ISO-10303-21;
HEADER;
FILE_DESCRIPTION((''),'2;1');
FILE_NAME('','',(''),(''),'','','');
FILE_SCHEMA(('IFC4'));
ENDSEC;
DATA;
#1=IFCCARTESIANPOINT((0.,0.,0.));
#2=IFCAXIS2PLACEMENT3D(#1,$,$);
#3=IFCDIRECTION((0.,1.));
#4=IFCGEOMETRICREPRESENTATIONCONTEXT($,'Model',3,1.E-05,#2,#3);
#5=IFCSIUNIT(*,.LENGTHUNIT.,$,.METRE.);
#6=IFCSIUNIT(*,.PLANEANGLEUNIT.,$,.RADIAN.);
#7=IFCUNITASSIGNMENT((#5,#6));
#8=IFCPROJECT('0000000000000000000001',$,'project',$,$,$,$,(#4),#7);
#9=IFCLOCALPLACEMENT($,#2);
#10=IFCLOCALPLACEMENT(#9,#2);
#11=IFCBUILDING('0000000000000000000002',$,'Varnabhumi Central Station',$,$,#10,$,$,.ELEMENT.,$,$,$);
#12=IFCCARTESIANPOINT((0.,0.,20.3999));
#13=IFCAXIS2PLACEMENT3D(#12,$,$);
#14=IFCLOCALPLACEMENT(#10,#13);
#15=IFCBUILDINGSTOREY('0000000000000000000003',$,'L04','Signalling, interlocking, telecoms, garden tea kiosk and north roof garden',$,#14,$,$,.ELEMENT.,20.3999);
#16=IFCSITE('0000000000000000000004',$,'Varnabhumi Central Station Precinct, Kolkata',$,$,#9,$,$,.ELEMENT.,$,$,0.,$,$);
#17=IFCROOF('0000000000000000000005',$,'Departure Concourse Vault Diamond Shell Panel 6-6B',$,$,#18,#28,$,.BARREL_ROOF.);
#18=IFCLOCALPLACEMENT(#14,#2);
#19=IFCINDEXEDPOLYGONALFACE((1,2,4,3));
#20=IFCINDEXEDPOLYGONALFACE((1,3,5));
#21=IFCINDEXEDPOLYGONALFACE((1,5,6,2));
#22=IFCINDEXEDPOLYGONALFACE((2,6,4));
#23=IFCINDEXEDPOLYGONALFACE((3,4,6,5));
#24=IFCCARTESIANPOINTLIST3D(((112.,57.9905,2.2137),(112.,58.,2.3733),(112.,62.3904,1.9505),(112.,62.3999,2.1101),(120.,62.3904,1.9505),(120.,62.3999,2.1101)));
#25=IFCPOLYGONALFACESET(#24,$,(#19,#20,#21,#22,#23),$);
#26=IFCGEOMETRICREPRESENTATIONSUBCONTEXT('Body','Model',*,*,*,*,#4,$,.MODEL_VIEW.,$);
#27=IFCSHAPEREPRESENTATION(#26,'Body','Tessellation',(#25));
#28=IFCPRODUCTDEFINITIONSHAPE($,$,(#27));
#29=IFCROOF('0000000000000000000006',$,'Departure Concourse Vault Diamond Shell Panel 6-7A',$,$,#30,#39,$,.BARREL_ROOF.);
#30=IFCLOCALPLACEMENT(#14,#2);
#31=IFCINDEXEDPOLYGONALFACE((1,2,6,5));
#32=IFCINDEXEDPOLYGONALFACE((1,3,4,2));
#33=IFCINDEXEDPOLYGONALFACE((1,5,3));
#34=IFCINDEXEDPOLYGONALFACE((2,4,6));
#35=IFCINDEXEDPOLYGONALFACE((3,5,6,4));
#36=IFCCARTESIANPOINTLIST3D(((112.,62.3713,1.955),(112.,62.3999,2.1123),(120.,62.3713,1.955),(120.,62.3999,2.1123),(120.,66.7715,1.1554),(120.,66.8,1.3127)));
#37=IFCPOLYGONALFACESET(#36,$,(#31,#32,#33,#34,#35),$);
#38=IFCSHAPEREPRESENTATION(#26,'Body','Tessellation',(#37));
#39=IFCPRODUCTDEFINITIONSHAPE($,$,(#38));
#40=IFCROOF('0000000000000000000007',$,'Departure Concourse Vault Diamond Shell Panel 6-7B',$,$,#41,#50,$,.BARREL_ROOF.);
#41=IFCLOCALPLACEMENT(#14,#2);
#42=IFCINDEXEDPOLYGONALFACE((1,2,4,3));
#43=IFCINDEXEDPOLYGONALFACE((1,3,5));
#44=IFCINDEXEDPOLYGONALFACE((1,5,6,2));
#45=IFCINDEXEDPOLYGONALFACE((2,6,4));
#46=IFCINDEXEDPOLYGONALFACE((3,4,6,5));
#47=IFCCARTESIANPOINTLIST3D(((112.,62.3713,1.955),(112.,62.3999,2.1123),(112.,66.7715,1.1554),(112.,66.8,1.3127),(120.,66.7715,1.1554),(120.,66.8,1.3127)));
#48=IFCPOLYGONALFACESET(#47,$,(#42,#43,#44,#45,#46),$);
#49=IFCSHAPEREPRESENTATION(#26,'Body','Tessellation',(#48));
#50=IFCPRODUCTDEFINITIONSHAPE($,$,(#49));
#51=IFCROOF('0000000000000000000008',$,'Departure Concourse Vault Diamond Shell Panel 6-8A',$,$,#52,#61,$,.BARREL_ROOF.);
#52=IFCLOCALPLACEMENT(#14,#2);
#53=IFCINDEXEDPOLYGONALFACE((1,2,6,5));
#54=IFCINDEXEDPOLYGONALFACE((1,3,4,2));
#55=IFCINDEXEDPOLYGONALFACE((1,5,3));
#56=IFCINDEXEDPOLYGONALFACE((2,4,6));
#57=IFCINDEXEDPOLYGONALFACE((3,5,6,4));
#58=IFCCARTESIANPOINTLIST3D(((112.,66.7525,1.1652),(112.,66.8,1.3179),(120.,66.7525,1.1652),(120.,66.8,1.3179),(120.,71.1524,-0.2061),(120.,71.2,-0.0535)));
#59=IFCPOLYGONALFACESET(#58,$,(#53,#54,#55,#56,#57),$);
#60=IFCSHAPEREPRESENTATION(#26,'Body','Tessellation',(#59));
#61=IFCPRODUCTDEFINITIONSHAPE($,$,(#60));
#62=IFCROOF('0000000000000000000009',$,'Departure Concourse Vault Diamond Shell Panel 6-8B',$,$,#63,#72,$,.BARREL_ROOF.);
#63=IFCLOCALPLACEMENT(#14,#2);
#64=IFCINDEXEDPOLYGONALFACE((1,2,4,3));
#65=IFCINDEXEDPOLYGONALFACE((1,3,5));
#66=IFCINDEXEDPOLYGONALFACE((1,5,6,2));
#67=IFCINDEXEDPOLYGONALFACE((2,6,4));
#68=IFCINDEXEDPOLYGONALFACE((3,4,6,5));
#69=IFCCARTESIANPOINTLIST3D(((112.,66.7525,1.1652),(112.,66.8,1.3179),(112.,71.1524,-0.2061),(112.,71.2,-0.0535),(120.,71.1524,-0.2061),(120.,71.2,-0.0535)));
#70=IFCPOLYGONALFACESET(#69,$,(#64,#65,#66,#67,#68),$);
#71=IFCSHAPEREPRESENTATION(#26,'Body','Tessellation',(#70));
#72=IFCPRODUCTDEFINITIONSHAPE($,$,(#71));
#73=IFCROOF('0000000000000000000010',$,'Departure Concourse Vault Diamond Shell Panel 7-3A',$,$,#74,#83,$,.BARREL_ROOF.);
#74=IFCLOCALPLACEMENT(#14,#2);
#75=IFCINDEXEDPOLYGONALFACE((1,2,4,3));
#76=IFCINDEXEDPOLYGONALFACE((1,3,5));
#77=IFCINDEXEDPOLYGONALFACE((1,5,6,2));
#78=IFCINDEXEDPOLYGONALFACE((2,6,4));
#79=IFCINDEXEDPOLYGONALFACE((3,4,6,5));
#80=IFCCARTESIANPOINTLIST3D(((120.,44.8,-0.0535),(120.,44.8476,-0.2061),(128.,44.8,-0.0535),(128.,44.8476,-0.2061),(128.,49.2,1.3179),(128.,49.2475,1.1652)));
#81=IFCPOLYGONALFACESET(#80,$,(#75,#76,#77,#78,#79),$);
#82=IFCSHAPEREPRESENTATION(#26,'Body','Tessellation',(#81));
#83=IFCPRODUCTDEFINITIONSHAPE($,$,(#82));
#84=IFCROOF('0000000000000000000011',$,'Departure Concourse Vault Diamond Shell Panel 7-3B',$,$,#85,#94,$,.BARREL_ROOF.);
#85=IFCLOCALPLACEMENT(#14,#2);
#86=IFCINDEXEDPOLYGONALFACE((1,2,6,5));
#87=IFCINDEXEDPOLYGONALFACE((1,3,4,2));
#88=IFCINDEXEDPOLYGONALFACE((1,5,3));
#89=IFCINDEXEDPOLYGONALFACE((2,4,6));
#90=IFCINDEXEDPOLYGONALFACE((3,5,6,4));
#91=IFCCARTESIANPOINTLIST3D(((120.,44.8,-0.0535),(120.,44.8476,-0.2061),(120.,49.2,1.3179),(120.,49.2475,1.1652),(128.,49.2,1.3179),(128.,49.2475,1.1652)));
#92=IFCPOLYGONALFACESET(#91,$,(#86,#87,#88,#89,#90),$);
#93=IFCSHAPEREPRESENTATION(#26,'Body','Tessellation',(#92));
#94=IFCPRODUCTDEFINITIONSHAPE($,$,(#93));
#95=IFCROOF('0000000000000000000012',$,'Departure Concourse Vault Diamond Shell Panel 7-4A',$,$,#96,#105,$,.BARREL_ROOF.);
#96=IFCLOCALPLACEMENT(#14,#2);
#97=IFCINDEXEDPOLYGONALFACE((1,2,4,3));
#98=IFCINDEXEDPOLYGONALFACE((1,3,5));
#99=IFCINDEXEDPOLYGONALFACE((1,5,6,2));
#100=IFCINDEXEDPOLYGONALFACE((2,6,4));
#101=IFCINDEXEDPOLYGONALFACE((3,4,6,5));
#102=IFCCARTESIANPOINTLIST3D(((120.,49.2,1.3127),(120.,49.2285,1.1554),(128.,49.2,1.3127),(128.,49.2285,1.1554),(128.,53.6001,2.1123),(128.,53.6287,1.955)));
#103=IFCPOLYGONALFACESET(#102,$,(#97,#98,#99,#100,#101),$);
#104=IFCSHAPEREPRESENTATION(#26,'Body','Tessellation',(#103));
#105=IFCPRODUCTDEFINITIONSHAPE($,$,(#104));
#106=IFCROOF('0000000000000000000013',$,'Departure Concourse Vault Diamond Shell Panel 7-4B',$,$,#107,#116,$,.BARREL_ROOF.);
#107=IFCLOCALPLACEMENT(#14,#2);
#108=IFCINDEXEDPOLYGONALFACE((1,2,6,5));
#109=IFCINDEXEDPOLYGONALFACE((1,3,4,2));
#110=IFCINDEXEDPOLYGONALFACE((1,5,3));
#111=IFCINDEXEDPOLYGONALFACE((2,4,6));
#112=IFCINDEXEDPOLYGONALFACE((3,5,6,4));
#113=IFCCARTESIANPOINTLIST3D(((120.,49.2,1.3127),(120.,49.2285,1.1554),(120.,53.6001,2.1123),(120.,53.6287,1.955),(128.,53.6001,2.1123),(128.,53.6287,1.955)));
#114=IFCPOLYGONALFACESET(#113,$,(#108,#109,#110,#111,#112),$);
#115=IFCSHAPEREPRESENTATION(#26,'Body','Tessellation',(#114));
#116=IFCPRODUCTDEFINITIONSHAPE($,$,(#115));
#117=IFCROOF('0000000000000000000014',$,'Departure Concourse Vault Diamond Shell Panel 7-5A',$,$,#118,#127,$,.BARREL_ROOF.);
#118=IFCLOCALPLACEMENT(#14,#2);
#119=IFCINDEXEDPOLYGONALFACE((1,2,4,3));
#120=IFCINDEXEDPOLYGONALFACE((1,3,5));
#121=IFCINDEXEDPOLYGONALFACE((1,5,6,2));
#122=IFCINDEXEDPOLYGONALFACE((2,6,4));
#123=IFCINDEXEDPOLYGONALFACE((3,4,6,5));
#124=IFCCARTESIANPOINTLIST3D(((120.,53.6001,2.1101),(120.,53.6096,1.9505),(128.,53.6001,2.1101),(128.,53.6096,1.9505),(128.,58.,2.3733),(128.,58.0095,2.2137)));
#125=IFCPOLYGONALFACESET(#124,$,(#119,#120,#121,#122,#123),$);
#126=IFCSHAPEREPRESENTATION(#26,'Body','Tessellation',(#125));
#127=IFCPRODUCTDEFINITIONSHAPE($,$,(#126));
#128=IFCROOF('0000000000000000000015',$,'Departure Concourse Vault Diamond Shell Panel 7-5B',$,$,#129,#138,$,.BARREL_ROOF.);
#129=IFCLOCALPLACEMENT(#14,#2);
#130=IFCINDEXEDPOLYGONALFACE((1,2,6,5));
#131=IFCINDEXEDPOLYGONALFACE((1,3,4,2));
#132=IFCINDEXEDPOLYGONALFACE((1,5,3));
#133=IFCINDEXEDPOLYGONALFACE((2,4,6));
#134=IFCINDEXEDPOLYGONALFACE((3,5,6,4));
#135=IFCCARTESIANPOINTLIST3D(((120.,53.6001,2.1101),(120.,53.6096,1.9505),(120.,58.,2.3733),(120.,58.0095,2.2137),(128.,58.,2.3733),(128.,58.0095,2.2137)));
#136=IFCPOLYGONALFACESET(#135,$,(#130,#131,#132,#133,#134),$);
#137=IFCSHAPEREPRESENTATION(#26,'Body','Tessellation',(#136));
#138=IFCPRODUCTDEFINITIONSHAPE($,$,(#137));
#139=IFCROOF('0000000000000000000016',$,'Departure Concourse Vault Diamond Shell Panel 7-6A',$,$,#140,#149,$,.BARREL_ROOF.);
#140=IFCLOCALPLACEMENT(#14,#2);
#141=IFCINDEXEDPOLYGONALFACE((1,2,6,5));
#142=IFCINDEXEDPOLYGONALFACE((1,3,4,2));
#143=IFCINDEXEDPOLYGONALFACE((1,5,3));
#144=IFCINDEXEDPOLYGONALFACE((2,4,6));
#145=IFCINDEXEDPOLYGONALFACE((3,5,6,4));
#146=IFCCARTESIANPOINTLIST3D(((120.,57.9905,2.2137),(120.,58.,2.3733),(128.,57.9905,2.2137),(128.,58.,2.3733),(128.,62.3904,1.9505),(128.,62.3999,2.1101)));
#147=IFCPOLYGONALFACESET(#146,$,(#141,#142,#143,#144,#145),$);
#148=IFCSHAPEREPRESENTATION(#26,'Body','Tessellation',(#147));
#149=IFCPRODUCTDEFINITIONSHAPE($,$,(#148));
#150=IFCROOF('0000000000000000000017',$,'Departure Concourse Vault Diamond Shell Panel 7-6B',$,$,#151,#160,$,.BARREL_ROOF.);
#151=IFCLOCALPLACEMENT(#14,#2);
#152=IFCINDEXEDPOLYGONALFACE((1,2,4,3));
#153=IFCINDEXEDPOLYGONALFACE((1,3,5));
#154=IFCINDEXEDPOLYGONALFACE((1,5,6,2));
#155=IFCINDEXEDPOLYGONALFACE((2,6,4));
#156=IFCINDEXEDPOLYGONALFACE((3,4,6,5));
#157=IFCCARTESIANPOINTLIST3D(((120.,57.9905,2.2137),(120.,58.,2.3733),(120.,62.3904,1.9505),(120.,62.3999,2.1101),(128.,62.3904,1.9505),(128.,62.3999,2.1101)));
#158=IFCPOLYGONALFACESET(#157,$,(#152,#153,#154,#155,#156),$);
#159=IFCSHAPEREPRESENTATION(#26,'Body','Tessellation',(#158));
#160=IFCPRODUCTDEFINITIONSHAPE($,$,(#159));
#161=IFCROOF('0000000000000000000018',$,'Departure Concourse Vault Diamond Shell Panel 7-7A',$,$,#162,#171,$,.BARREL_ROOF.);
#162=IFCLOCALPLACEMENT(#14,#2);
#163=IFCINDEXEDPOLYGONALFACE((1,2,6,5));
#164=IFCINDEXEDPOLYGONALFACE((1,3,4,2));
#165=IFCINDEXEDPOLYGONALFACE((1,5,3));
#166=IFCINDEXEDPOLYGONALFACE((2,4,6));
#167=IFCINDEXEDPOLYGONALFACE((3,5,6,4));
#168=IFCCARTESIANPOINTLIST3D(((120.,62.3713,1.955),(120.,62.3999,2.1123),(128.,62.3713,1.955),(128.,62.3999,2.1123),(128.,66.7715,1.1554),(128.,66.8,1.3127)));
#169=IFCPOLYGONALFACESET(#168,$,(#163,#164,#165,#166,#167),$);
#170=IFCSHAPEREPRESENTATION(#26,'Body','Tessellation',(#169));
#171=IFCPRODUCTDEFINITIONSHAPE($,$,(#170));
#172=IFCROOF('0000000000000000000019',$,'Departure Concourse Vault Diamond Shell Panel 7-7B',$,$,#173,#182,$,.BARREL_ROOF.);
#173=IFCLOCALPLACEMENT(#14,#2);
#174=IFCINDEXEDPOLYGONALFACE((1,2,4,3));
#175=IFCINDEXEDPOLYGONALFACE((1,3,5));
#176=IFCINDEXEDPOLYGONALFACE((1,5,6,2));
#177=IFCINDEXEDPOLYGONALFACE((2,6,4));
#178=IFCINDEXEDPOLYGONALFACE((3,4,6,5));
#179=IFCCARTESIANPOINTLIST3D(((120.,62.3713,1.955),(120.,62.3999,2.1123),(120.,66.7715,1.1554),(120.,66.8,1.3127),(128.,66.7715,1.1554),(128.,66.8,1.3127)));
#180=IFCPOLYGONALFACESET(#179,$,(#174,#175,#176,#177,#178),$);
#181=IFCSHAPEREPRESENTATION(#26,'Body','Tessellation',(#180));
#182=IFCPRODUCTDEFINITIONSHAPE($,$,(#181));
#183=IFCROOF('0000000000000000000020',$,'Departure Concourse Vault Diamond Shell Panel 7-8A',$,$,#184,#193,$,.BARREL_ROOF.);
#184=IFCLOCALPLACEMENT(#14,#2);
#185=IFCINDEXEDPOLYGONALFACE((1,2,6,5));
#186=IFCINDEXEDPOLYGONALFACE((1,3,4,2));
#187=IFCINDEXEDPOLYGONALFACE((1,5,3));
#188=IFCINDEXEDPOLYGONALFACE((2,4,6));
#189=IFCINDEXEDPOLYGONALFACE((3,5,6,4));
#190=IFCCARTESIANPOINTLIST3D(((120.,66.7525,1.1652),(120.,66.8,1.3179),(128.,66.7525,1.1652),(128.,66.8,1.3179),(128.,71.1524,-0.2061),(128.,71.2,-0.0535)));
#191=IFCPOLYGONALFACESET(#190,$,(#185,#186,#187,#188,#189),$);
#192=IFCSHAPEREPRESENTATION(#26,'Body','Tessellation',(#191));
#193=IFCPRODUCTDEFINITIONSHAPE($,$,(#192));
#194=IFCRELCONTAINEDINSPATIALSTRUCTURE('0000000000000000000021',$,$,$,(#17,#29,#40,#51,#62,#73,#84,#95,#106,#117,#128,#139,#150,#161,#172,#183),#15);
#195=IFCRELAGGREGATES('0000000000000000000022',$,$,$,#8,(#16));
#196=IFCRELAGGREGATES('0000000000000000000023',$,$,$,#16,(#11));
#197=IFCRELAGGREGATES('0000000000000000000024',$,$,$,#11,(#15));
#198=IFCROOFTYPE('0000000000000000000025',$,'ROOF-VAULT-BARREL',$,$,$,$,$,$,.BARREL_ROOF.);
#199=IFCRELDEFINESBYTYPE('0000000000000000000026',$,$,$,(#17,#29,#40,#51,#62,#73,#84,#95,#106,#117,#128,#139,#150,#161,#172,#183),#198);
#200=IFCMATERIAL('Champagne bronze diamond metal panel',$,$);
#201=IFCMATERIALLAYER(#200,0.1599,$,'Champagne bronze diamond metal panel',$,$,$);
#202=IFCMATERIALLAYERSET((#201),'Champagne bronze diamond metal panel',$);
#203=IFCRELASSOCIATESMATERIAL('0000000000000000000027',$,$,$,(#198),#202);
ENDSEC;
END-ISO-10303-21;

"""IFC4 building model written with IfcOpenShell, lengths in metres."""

from ifc_helpers import new_model, si_unit, direction, frame, origin, place, context, subcontext, project, spatial, polyline, outline, extrude, material, layer, layer_set, type_object, element, save


model = new_model("IFC4")

# Units and contexts
model_context = context("Model", 3, precision=1e-05, world=origin(), true_north=direction((0.0, 1.0)))
body_context = subcontext(model_context, "Body", "Model", "MODEL_VIEW")
ifc_project = project(units=[si_unit("LENGTHUNIT", "METRE"), si_unit("PLANEANGLEUNIT", "RADIAN")], contexts=[model_context])

# Site, building, storey
site_placement = place(None, origin())
site = spatial("IfcSite", under=ifc_project, at=site_placement, Name="Varnabhumi Central Station Precinct, Kolkata", CompositionType="ELEMENT", RefElevation=0.0)
building_placement = place(site_placement, origin())
building = spatial("IfcBuilding", under=site, at=building_placement, Name="Varnabhumi Central Station", CompositionType="ELEMENT")
storey_placement = place(building_placement, frame((0.0, 0.0, 20.3999)))
storey = spatial("IfcBuildingStorey", under=building, at=storey_placement, Name="L04", Description="Signalling, interlocking, telecoms, garden tea kiosk and north roof garden", CompositionType="ELEMENT", Elevation=20.3999)

# Roofs
ifc_material = material(Name="Champagne bronze diamond metal panel")
ifc_layer = layer(ifc_material, 0.1599, Name="Champagne bronze diamond metal panel")
ifc_layer_set = layer_set([ifc_layer], Name="Champagne bronze diamond metal panel")
roof_type = type_object("IfcRoofType", Name="ROOF-VAULT-BARREL", PredefinedType="BARREL_ROOF", material=ifc_layer_set)
roof_1_placement = place(storey_placement, frame((112.0, 58.0, 2.3733), z_axis=(0.0, 0.059709, 0.998216), x_axis=(0.875857, 0.48171, -0.028814)))
element("IfcRoof", 1, at=roof_1_placement, inside=storey, type_object=roof_type, Name="Departure Concourse Vault Diamond Shell Panel 6-6B", PredefinedType="BARREL_ROOF", context=body_context, shape_type="SweptSolid", body=[
    extrude(outline(polyline([(0.0, 0.0), (9.1339, 0.0), (2.1271, 3.8606), (0.0, 0.0)])), origin(), (0.0, 0.0, -1.0), 0.1599),
])
roof_2_placement = place(storey_placement, frame((112.0, 62.3999, 2.1123), z_axis=(0.0, 0.178785, 0.983888), x_axis=(1.0, 0.0, 0.0)))
element("IfcRoof", 2, at=roof_2_placement, inside=storey, type_object=roof_type, Name="Departure Concourse Vault Diamond Shell Panel 6-7A", PredefinedType="BARREL_ROOF", context=body_context, shape_type="SweptSolid", body=[
    extrude(outline(polyline([(0.0, 0.0), (8.0, 0.0), (8.0, 4.4722), (0.0, 0.0)])), origin(), (0.0, 0.0, -1.0), 0.1599),
])
roof_3_placement = place(storey_placement, frame((112.0, 62.3999, 2.1123), z_axis=(0.0, 0.178785, 0.983888), x_axis=(0.872869, 0.480094, -0.087239)))
element("IfcRoof", 3, at=roof_3_placement, inside=storey, type_object=roof_type, Name="Departure Concourse Vault Diamond Shell Panel 6-7B", PredefinedType="BARREL_ROOF", context=body_context, shape_type="SweptSolid", body=[
    extrude(outline(polyline([(0.0, 0.0), (9.1652, 0.0), (2.1822, 3.9036), (0.0, 0.0)])), origin(), (0.0, 0.0, -1.0), 0.1599),
])
roof_4_placement = place(storey_placement, frame((112.0, 66.8, 1.3179), z_axis=(0.0, 0.297557, 0.954704), x_axis=(1.0, 0.0, 0.0)))
element("IfcRoof", 4, at=roof_4_placement, inside=storey, type_object=roof_type, Name="Departure Concourse Vault Diamond Shell Panel 6-8A", PredefinedType="BARREL_ROOF", context=body_context, shape_type="SweptSolid", body=[
    extrude(outline(polyline([(0.0, 0.0), (8.0, 0.0), (8.0, 4.6087), (0.0, 0.0)])), origin(), (0.0, 0.0, -1.0), 0.1599),
])
roof_5_placement = place(storey_placement, frame((112.0, 66.8, 1.3179), z_axis=(0.0, 0.297557, 0.954704), x_axis=(0.866501, 0.476565, -0.148533)))
element("IfcRoof", 5, at=roof_5_placement, inside=storey, type_object=roof_type, Name="Departure Concourse Vault Diamond Shell Panel 6-8B", PredefinedType="BARREL_ROOF", context=body_context, shape_type="SweptSolid", body=[
    extrude(outline(polyline([(0.0, 0.0), (9.2325, 0.0), (2.3005, 3.9934), (0.0, 0.0)])), origin(), (0.0, 0.0, -1.0), 0.1599),
])
roof_6_placement = place(storey_placement, frame((120.0, 44.8, -0.0535), z_axis=(0.0, -0.297557, 0.954704), x_axis=(1.0, 0.0, 0.0)))
element("IfcRoof", 6, at=roof_6_placement, inside=storey, type_object=roof_type, Name="Departure Concourse Vault Diamond Shell Panel 7-3A", PredefinedType="BARREL_ROOF", context=body_context, shape_type="SweptSolid", body=[
    extrude(outline(polyline([(0.0, 0.0), (8.0, 0.0), (8.0, 4.6087), (0.0, 0.0)])), origin(), (0.0, 0.0, -1.0), 0.1599),
])
roof_7_placement = place(storey_placement, frame((120.0, 44.8, -0.0535), z_axis=(0.0, -0.297557, 0.954704), x_axis=(0.866501, 0.476565, 0.148533)))
element("IfcRoof", 7, at=roof_7_placement, inside=storey, type_object=roof_type, Name="Departure Concourse Vault Diamond Shell Panel 7-3B", PredefinedType="BARREL_ROOF", context=body_context, shape_type="SweptSolid", body=[
    extrude(outline(polyline([(0.0, 0.0), (9.2325, 0.0), (2.3005, 3.9934), (0.0, 0.0)])), origin(), (0.0, 0.0, -1.0), 0.1599),
])
roof_8_placement = place(storey_placement, frame((120.0, 49.2, 1.3127), z_axis=(0.0, -0.178785, 0.983888), x_axis=(1.0, 0.0, 0.0)))
element("IfcRoof", 8, at=roof_8_placement, inside=storey, type_object=roof_type, Name="Departure Concourse Vault Diamond Shell Panel 7-4A", PredefinedType="BARREL_ROOF", context=body_context, shape_type="SweptSolid", body=[
    extrude(outline(polyline([(0.0, 0.0), (8.0, 0.0), (8.0, 4.4722), (0.0, 0.0)])), origin(), (0.0, 0.0, -1.0), 0.1599),
])
roof_9_placement = place(storey_placement, frame((120.0, 49.2, 1.3127), z_axis=(0.0, -0.178785, 0.983888), x_axis=(0.872869, 0.480094, 0.087239)))
element("IfcRoof", 9, at=roof_9_placement, inside=storey, type_object=roof_type, Name="Departure Concourse Vault Diamond Shell Panel 7-4B", PredefinedType="BARREL_ROOF", context=body_context, shape_type="SweptSolid", body=[
    extrude(outline(polyline([(0.0, 0.0), (9.1652, 0.0), (2.1822, 3.9036), (0.0, 0.0)])), origin(), (0.0, 0.0, -1.0), 0.1599),
])
roof_10_placement = place(storey_placement, frame((120.0, 53.6001, 2.1101), z_axis=(0.0, -0.059709, 0.998216), x_axis=(1.0, 0.0, 0.0)))
element("IfcRoof", 10, at=roof_10_placement, inside=storey, type_object=roof_type, Name="Departure Concourse Vault Diamond Shell Panel 7-5A", PredefinedType="BARREL_ROOF", context=body_context, shape_type="SweptSolid", body=[
    extrude(outline(polyline([(0.0, 0.0), (8.0, 0.0), (8.0, 4.4078), (0.0, 0.0)])), origin(), (0.0, 0.0, -1.0), 0.1599),
])
roof_11_placement = place(storey_placement, frame((120.0, 53.6001, 2.1101), z_axis=(0.0, -0.059709, 0.998216), x_axis=(0.875857, 0.48171, 0.028814)))
element("IfcRoof", 11, at=roof_11_placement, inside=storey, type_object=roof_type, Name="Departure Concourse Vault Diamond Shell Panel 7-5B", PredefinedType="BARREL_ROOF", context=body_context, shape_type="SweptSolid", body=[
    extrude(outline(polyline([(0.0, 0.0), (9.1339, 0.0), (2.1271, 3.8606), (0.0, 0.0)])), origin(), (0.0, 0.0, -1.0), 0.1599),
])
roof_12_placement = place(storey_placement, frame((120.0, 58.0, 2.3733), z_axis=(0.0, 0.059709, 0.998216), x_axis=(1.0, 0.0, 0.0)))
element("IfcRoof", 12, at=roof_12_placement, inside=storey, type_object=roof_type, Name="Departure Concourse Vault Diamond Shell Panel 7-6A", PredefinedType="BARREL_ROOF", context=body_context, shape_type="SweptSolid", body=[
    extrude(outline(polyline([(0.0, 0.0), (8.0, 0.0), (8.0, 4.4078), (0.0, 0.0)])), origin(), (0.0, 0.0, -1.0), 0.1599),
])
roof_13_placement = place(storey_placement, frame((120.0, 58.0, 2.3733), z_axis=(0.0, 0.059709, 0.998216), x_axis=(0.875857, 0.48171, -0.028814)))
element("IfcRoof", 13, at=roof_13_placement, inside=storey, type_object=roof_type, Name="Departure Concourse Vault Diamond Shell Panel 7-6B", PredefinedType="BARREL_ROOF", context=body_context, shape_type="SweptSolid", body=[
    extrude(outline(polyline([(0.0, 0.0), (9.1339, 0.0), (2.1271, 3.8606), (0.0, 0.0)])), origin(), (0.0, 0.0, -1.0), 0.1599),
])
roof_14_placement = place(storey_placement, frame((120.0, 62.3999, 2.1123), z_axis=(0.0, 0.178785, 0.983888), x_axis=(1.0, 0.0, 0.0)))
element("IfcRoof", 14, at=roof_14_placement, inside=storey, type_object=roof_type, Name="Departure Concourse Vault Diamond Shell Panel 7-7A", PredefinedType="BARREL_ROOF", context=body_context, shape_type="SweptSolid", body=[
    extrude(outline(polyline([(0.0, 0.0), (8.0, 0.0), (8.0, 4.4722), (0.0, 0.0)])), origin(), (0.0, 0.0, -1.0), 0.1599),
])
roof_15_placement = place(storey_placement, frame((120.0, 62.3999, 2.1123), z_axis=(0.0, 0.178785, 0.983888), x_axis=(0.872869, 0.480094, -0.087239)))
element("IfcRoof", 15, at=roof_15_placement, inside=storey, type_object=roof_type, Name="Departure Concourse Vault Diamond Shell Panel 7-7B", PredefinedType="BARREL_ROOF", context=body_context, shape_type="SweptSolid", body=[
    extrude(outline(polyline([(0.0, 0.0), (9.1652, 0.0), (2.1822, 3.9036), (0.0, 0.0)])), origin(), (0.0, 0.0, -1.0), 0.1599),
])
roof_16_placement = place(storey_placement, frame((120.0, 66.8, 1.3179), z_axis=(0.0, 0.297557, 0.954704), x_axis=(1.0, 0.0, 0.0)))
element("IfcRoof", 16, at=roof_16_placement, inside=storey, type_object=roof_type, Name="Departure Concourse Vault Diamond Shell Panel 7-8A", PredefinedType="BARREL_ROOF", context=body_context, shape_type="SweptSolid", body=[
    extrude(outline(polyline([(0.0, 0.0), (8.0, 0.0), (8.0, 4.6087), (0.0, 0.0)])), origin(), (0.0, 0.0, -1.0), 0.1599),
])

save(model, "model.ifc")
